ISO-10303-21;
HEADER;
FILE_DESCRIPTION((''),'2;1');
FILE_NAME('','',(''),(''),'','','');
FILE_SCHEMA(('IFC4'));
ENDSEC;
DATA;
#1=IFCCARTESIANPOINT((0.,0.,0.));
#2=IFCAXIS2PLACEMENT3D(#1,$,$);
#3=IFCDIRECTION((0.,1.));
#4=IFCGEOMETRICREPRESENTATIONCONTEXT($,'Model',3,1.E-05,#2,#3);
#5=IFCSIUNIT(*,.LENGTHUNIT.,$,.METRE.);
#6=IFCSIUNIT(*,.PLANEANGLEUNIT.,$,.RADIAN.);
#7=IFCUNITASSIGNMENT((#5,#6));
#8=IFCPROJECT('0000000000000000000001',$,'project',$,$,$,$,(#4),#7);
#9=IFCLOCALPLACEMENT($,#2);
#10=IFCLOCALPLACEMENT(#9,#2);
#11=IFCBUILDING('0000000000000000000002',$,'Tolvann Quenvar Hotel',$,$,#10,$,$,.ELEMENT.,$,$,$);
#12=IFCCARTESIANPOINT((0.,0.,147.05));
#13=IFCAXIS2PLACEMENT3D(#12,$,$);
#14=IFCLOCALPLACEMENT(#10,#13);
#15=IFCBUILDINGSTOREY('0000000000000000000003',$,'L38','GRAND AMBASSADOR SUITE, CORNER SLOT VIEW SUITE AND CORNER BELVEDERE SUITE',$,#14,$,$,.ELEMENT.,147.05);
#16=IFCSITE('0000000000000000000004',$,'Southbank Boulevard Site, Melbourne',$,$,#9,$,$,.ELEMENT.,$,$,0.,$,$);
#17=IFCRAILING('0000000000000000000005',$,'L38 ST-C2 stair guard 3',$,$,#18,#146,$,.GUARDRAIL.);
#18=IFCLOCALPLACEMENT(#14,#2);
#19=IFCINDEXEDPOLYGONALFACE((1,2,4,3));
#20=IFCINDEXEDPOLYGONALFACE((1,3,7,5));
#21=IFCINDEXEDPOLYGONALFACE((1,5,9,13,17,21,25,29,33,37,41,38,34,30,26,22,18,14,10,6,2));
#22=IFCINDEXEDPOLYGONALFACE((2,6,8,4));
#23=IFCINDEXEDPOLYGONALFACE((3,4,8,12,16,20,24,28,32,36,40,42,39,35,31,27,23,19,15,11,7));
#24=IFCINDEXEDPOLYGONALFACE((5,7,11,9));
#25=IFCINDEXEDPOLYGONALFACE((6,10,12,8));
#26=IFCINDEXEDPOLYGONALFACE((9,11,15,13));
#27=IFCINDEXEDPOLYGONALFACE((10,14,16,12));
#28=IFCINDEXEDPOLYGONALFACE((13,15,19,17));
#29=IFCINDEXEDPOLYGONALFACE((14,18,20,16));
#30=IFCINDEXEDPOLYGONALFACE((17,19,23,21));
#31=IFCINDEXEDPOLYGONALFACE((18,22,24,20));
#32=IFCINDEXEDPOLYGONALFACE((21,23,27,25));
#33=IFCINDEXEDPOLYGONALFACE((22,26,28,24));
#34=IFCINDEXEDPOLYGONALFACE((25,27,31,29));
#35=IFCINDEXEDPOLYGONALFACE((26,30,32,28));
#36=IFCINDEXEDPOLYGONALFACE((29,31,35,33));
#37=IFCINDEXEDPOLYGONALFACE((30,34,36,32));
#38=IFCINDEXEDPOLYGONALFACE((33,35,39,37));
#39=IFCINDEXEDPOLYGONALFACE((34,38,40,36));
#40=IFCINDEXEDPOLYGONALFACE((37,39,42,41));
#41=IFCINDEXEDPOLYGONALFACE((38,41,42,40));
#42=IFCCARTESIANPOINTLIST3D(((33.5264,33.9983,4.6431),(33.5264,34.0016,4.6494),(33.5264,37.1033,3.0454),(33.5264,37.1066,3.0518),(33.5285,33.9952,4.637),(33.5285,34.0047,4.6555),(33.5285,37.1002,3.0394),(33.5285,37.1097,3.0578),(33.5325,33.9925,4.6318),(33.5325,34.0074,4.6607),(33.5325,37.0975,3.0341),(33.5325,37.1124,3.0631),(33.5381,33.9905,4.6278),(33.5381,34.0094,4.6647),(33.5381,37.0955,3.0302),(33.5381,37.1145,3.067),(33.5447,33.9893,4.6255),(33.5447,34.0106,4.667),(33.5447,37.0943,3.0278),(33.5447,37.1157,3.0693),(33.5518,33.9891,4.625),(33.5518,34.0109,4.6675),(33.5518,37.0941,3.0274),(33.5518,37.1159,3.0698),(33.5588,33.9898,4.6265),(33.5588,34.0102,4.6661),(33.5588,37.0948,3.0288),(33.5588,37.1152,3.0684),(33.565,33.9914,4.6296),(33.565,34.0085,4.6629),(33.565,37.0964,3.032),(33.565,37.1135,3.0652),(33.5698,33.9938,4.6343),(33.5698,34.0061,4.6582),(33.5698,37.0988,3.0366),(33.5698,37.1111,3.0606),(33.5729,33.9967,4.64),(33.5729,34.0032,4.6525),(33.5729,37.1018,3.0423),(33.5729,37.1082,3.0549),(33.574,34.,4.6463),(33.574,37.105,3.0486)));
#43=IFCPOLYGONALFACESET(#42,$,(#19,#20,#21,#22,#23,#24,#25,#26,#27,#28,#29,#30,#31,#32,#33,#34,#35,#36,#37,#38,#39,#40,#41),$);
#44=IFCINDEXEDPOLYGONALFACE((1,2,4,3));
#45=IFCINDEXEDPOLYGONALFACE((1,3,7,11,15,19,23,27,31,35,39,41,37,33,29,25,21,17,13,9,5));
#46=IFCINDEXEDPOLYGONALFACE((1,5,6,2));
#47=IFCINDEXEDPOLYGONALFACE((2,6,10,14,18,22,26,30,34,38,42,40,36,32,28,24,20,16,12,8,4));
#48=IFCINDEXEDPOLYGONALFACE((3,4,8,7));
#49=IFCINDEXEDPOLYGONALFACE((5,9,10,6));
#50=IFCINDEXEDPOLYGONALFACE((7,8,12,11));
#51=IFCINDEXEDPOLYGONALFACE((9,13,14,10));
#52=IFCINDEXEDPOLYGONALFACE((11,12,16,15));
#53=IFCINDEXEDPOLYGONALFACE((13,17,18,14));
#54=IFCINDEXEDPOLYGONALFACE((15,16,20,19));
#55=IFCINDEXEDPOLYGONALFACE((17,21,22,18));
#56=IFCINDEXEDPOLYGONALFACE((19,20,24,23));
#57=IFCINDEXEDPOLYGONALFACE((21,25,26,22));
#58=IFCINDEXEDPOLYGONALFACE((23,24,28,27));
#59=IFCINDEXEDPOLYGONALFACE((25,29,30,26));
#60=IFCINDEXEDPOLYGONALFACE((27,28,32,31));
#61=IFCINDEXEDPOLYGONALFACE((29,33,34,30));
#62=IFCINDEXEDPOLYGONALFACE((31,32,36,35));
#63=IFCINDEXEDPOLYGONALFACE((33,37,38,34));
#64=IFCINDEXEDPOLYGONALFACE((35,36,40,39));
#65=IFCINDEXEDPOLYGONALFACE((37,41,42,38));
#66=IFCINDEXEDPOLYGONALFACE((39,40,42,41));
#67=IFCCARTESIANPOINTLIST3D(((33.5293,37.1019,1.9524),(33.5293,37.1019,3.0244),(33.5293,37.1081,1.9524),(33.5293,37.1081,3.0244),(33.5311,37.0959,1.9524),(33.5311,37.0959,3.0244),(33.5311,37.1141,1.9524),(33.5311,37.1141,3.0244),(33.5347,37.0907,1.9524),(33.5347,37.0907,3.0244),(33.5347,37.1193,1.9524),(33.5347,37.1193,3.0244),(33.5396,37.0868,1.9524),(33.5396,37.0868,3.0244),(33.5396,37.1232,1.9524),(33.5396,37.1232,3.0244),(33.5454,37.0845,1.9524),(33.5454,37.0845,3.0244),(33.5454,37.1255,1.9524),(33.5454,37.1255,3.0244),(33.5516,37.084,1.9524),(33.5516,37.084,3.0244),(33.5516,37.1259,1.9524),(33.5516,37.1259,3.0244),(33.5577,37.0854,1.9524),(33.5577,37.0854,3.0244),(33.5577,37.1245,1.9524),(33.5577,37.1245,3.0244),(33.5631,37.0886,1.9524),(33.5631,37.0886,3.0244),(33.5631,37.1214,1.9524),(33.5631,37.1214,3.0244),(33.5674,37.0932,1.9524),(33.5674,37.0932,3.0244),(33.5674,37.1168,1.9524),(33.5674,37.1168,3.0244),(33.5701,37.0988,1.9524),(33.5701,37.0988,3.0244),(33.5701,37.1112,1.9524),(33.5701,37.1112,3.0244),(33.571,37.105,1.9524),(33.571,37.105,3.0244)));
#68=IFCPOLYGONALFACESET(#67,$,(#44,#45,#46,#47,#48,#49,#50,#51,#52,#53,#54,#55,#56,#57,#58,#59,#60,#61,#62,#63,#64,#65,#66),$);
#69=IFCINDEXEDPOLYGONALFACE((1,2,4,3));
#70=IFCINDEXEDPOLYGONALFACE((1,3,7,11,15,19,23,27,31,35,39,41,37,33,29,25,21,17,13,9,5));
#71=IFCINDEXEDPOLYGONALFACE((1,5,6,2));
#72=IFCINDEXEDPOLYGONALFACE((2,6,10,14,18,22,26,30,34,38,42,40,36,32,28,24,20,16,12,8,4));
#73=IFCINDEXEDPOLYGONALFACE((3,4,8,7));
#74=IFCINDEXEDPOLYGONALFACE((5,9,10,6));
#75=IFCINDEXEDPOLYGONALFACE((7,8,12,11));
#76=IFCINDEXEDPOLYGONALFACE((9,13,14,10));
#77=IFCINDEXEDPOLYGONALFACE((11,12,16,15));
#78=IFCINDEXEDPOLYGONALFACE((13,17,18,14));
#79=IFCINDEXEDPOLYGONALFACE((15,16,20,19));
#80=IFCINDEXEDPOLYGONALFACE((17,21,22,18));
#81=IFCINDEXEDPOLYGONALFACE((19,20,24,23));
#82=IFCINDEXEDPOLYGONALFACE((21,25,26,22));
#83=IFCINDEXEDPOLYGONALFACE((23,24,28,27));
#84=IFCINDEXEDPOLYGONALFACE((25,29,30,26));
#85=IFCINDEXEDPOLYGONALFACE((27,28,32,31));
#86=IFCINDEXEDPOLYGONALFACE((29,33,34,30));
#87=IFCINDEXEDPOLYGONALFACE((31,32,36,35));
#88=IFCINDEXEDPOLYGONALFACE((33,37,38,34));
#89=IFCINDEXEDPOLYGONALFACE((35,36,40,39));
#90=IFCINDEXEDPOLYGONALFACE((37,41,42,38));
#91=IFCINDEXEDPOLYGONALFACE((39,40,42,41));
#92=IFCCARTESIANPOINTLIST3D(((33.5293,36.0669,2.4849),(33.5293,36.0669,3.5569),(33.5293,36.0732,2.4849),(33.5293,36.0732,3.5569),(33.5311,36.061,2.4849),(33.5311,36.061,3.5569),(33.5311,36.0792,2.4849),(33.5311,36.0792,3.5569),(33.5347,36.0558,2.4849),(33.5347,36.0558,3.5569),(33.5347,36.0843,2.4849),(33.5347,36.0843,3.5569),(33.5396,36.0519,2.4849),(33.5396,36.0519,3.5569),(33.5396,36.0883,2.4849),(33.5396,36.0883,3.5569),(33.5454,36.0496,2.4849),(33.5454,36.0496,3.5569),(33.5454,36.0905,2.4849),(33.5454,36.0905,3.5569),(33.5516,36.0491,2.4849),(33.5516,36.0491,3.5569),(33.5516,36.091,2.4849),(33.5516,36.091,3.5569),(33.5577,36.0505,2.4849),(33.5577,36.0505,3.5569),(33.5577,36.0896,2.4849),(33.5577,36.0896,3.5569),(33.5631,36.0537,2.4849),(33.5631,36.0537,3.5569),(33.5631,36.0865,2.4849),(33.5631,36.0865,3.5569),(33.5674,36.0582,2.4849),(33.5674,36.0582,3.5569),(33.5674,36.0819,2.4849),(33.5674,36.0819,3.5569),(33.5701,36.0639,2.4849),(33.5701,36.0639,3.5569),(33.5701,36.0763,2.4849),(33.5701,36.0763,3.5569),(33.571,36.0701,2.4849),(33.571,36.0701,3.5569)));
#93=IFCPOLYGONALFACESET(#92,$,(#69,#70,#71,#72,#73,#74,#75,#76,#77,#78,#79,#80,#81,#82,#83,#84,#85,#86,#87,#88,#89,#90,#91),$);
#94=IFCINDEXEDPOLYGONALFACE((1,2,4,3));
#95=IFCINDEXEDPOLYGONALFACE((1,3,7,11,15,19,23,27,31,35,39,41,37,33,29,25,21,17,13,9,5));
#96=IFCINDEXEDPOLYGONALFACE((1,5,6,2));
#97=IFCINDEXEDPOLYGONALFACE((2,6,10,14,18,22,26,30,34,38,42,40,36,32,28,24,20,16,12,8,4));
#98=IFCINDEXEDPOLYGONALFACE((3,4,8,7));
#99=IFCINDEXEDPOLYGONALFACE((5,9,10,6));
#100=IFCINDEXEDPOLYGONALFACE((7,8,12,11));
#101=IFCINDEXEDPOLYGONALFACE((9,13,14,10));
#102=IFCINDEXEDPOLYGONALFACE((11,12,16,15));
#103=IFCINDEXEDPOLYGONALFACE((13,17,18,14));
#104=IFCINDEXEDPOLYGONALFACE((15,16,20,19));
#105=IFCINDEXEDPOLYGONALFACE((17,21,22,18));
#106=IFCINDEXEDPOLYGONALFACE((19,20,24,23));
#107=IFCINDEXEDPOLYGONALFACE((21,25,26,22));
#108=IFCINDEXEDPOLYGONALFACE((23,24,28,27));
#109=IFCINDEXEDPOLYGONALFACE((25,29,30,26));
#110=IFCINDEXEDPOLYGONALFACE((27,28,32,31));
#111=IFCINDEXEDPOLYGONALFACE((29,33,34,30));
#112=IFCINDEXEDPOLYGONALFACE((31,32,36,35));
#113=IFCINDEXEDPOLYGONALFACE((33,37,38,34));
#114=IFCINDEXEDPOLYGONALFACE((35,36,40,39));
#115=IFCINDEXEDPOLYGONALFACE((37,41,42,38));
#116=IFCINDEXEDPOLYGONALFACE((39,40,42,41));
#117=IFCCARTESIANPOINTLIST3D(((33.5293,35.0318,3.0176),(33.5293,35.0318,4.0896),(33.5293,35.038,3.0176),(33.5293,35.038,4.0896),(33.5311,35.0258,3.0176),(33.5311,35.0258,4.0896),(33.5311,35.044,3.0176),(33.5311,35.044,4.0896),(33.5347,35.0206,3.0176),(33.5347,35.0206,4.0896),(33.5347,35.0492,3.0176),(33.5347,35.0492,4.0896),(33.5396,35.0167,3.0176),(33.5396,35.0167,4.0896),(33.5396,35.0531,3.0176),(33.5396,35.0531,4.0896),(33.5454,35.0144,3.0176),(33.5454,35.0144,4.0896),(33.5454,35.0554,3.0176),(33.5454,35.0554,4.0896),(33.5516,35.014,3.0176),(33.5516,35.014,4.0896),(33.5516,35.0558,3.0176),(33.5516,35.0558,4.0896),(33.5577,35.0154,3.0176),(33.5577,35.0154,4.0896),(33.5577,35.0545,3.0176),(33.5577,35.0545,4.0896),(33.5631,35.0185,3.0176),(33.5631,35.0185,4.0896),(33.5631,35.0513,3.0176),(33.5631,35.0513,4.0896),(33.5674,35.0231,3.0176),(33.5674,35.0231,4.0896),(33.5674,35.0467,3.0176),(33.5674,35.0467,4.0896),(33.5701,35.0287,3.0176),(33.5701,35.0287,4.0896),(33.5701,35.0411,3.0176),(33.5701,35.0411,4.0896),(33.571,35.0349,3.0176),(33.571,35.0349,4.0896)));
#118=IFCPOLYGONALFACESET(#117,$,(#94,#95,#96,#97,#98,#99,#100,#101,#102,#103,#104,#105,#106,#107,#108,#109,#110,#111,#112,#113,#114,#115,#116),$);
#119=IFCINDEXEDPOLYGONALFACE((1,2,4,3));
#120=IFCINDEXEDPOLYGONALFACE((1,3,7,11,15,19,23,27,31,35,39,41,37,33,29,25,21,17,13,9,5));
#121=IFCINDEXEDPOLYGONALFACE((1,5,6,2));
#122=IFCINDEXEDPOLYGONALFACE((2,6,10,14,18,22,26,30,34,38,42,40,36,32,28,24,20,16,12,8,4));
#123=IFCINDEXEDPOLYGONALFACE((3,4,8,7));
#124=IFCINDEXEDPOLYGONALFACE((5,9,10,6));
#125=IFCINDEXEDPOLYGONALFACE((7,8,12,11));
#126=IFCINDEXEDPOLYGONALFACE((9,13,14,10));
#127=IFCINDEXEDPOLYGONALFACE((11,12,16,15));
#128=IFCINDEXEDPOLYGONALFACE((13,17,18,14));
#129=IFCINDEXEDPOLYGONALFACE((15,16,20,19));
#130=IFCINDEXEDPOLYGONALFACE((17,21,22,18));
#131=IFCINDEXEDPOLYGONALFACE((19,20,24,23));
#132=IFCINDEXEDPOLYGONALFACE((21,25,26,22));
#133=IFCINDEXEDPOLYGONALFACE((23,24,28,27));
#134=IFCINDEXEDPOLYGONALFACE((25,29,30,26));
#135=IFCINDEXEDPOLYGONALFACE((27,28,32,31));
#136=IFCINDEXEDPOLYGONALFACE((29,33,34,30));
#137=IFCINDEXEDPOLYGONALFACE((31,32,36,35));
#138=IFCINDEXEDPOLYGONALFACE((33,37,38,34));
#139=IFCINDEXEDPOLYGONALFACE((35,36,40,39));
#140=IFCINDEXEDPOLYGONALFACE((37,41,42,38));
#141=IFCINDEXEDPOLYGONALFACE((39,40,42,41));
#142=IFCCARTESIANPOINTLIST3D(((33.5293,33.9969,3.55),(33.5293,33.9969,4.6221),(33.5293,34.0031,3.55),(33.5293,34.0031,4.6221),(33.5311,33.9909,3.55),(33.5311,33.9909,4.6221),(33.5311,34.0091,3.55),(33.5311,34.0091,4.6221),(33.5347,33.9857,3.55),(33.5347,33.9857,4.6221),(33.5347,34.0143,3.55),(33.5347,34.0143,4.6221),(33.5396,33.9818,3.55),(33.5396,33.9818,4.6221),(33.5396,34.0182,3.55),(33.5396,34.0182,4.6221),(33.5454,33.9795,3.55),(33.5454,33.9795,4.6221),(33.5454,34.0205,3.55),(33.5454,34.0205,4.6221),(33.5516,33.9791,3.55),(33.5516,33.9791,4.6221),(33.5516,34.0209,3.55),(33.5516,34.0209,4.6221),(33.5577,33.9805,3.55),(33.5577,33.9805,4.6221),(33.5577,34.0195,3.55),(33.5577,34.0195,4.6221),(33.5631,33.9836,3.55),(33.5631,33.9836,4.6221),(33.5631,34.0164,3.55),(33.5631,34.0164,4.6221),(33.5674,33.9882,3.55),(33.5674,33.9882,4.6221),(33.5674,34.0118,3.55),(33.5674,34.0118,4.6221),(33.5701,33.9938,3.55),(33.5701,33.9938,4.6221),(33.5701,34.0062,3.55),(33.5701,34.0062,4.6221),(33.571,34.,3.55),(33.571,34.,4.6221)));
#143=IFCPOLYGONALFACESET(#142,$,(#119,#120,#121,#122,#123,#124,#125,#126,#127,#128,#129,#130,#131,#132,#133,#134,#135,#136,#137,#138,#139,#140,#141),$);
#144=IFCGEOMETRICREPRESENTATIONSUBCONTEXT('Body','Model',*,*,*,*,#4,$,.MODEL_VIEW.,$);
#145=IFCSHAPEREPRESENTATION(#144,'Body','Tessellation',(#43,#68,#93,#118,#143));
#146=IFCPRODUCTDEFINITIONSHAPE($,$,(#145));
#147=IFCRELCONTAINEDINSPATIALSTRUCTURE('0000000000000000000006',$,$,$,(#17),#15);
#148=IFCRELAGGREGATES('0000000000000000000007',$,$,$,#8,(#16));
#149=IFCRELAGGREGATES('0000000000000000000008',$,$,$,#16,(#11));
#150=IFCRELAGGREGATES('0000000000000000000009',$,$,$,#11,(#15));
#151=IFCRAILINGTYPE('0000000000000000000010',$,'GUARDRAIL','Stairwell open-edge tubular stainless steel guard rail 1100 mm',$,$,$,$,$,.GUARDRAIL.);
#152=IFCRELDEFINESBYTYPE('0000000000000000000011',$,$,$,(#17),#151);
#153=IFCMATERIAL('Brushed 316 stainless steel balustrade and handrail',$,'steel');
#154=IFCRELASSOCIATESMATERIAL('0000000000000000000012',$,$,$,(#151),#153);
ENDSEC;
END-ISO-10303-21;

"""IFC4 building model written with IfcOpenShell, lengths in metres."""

from ifc_helpers import new_model, si_unit, direction, frame, origin, origin_2d, place, context, subcontext, project, spatial, circle, extrude, material, type_object, element, save


model = new_model("IFC4")

# Units and contexts
model_context = context("Model", 3, precision=1e-05, world=origin(), true_north=direction((0.0, 1.0)))
body_context = subcontext(model_context, "Body", "Model", "MODEL_VIEW")
ifc_project = project(units=[si_unit("LENGTHUNIT", "METRE"), si_unit("PLANEANGLEUNIT", "RADIAN")], contexts=[model_context])

# Site, building, storey
site_placement = place(None, origin())
site = spatial("IfcSite", under=ifc_project, at=site_placement, Name="Southbank Boulevard Site, Melbourne", CompositionType="ELEMENT", RefElevation=0.0)
building_placement = place(site_placement, origin())
building = spatial("IfcBuilding", under=site, at=building_placement, Name="Tolvann Quenvar Hotel", CompositionType="ELEMENT")
storey_placement = place(building_placement, frame((0.0, 0.0, 147.05)))
storey = spatial("IfcBuildingStorey", under=building, at=storey_placement, Name="L38", Description="GRAND AMBASSADOR SUITE, CORNER SLOT VIEW SUITE AND CORNER BELVEDERE SUITE", CompositionType="ELEMENT", Elevation=147.05)

# Railing
ifc_material_1 = material(Name="Brushed 316 stainless steel balustrade and handrail", Category="steel")
railing_type_1 = type_object("IfcRailingType", Name="GUARDRAIL", Description="Stairwell open-edge tubular stainless steel guard rail 1100 mm", PredefinedType="GUARDRAIL", material=ifc_material_1)
railing_1_placement = place(storey_placement, frame((33.55, 37.105, 1.9524)))
element("IfcRailing", 1, at=railing_1_placement, inside=storey, type_object=railing_type_1, Name="L38 ST-C2 stair guard 3", PredefinedType="GUARDRAIL", context=body_context, shape_type="SweptSolid", body=[
    extrude(circle(Radius=0.0239, at=origin_2d()), frame((0.0, 0.0, 1.0962), z_axis=(0.0, -0.889194, 0.457531), x_axis=(1.0, 0.0, 0.0)), (0.0, 0.0, 1.0), 3.4919),
    extrude(circle(Radius=0.021, at=origin_2d()), origin(), (0.0, 0.0, 1.0), 1.072),
    extrude(circle(Radius=0.021, at=origin_2d()), frame((0.0, -1.0349, 0.5325)), (0.0, 0.0, 1.0), 1.072),
    extrude(circle(Radius=0.021, at=origin_2d()), frame((0.0, -2.0701, 1.0652)), (0.0, 0.0, 1.0), 1.072),
    extrude(circle(Radius=0.021, at=origin_2d()), frame((0.0, -3.105, 1.5977)), (0.0, 0.0, 1.0), 1.072),
])

save(model, "model.ifc")
